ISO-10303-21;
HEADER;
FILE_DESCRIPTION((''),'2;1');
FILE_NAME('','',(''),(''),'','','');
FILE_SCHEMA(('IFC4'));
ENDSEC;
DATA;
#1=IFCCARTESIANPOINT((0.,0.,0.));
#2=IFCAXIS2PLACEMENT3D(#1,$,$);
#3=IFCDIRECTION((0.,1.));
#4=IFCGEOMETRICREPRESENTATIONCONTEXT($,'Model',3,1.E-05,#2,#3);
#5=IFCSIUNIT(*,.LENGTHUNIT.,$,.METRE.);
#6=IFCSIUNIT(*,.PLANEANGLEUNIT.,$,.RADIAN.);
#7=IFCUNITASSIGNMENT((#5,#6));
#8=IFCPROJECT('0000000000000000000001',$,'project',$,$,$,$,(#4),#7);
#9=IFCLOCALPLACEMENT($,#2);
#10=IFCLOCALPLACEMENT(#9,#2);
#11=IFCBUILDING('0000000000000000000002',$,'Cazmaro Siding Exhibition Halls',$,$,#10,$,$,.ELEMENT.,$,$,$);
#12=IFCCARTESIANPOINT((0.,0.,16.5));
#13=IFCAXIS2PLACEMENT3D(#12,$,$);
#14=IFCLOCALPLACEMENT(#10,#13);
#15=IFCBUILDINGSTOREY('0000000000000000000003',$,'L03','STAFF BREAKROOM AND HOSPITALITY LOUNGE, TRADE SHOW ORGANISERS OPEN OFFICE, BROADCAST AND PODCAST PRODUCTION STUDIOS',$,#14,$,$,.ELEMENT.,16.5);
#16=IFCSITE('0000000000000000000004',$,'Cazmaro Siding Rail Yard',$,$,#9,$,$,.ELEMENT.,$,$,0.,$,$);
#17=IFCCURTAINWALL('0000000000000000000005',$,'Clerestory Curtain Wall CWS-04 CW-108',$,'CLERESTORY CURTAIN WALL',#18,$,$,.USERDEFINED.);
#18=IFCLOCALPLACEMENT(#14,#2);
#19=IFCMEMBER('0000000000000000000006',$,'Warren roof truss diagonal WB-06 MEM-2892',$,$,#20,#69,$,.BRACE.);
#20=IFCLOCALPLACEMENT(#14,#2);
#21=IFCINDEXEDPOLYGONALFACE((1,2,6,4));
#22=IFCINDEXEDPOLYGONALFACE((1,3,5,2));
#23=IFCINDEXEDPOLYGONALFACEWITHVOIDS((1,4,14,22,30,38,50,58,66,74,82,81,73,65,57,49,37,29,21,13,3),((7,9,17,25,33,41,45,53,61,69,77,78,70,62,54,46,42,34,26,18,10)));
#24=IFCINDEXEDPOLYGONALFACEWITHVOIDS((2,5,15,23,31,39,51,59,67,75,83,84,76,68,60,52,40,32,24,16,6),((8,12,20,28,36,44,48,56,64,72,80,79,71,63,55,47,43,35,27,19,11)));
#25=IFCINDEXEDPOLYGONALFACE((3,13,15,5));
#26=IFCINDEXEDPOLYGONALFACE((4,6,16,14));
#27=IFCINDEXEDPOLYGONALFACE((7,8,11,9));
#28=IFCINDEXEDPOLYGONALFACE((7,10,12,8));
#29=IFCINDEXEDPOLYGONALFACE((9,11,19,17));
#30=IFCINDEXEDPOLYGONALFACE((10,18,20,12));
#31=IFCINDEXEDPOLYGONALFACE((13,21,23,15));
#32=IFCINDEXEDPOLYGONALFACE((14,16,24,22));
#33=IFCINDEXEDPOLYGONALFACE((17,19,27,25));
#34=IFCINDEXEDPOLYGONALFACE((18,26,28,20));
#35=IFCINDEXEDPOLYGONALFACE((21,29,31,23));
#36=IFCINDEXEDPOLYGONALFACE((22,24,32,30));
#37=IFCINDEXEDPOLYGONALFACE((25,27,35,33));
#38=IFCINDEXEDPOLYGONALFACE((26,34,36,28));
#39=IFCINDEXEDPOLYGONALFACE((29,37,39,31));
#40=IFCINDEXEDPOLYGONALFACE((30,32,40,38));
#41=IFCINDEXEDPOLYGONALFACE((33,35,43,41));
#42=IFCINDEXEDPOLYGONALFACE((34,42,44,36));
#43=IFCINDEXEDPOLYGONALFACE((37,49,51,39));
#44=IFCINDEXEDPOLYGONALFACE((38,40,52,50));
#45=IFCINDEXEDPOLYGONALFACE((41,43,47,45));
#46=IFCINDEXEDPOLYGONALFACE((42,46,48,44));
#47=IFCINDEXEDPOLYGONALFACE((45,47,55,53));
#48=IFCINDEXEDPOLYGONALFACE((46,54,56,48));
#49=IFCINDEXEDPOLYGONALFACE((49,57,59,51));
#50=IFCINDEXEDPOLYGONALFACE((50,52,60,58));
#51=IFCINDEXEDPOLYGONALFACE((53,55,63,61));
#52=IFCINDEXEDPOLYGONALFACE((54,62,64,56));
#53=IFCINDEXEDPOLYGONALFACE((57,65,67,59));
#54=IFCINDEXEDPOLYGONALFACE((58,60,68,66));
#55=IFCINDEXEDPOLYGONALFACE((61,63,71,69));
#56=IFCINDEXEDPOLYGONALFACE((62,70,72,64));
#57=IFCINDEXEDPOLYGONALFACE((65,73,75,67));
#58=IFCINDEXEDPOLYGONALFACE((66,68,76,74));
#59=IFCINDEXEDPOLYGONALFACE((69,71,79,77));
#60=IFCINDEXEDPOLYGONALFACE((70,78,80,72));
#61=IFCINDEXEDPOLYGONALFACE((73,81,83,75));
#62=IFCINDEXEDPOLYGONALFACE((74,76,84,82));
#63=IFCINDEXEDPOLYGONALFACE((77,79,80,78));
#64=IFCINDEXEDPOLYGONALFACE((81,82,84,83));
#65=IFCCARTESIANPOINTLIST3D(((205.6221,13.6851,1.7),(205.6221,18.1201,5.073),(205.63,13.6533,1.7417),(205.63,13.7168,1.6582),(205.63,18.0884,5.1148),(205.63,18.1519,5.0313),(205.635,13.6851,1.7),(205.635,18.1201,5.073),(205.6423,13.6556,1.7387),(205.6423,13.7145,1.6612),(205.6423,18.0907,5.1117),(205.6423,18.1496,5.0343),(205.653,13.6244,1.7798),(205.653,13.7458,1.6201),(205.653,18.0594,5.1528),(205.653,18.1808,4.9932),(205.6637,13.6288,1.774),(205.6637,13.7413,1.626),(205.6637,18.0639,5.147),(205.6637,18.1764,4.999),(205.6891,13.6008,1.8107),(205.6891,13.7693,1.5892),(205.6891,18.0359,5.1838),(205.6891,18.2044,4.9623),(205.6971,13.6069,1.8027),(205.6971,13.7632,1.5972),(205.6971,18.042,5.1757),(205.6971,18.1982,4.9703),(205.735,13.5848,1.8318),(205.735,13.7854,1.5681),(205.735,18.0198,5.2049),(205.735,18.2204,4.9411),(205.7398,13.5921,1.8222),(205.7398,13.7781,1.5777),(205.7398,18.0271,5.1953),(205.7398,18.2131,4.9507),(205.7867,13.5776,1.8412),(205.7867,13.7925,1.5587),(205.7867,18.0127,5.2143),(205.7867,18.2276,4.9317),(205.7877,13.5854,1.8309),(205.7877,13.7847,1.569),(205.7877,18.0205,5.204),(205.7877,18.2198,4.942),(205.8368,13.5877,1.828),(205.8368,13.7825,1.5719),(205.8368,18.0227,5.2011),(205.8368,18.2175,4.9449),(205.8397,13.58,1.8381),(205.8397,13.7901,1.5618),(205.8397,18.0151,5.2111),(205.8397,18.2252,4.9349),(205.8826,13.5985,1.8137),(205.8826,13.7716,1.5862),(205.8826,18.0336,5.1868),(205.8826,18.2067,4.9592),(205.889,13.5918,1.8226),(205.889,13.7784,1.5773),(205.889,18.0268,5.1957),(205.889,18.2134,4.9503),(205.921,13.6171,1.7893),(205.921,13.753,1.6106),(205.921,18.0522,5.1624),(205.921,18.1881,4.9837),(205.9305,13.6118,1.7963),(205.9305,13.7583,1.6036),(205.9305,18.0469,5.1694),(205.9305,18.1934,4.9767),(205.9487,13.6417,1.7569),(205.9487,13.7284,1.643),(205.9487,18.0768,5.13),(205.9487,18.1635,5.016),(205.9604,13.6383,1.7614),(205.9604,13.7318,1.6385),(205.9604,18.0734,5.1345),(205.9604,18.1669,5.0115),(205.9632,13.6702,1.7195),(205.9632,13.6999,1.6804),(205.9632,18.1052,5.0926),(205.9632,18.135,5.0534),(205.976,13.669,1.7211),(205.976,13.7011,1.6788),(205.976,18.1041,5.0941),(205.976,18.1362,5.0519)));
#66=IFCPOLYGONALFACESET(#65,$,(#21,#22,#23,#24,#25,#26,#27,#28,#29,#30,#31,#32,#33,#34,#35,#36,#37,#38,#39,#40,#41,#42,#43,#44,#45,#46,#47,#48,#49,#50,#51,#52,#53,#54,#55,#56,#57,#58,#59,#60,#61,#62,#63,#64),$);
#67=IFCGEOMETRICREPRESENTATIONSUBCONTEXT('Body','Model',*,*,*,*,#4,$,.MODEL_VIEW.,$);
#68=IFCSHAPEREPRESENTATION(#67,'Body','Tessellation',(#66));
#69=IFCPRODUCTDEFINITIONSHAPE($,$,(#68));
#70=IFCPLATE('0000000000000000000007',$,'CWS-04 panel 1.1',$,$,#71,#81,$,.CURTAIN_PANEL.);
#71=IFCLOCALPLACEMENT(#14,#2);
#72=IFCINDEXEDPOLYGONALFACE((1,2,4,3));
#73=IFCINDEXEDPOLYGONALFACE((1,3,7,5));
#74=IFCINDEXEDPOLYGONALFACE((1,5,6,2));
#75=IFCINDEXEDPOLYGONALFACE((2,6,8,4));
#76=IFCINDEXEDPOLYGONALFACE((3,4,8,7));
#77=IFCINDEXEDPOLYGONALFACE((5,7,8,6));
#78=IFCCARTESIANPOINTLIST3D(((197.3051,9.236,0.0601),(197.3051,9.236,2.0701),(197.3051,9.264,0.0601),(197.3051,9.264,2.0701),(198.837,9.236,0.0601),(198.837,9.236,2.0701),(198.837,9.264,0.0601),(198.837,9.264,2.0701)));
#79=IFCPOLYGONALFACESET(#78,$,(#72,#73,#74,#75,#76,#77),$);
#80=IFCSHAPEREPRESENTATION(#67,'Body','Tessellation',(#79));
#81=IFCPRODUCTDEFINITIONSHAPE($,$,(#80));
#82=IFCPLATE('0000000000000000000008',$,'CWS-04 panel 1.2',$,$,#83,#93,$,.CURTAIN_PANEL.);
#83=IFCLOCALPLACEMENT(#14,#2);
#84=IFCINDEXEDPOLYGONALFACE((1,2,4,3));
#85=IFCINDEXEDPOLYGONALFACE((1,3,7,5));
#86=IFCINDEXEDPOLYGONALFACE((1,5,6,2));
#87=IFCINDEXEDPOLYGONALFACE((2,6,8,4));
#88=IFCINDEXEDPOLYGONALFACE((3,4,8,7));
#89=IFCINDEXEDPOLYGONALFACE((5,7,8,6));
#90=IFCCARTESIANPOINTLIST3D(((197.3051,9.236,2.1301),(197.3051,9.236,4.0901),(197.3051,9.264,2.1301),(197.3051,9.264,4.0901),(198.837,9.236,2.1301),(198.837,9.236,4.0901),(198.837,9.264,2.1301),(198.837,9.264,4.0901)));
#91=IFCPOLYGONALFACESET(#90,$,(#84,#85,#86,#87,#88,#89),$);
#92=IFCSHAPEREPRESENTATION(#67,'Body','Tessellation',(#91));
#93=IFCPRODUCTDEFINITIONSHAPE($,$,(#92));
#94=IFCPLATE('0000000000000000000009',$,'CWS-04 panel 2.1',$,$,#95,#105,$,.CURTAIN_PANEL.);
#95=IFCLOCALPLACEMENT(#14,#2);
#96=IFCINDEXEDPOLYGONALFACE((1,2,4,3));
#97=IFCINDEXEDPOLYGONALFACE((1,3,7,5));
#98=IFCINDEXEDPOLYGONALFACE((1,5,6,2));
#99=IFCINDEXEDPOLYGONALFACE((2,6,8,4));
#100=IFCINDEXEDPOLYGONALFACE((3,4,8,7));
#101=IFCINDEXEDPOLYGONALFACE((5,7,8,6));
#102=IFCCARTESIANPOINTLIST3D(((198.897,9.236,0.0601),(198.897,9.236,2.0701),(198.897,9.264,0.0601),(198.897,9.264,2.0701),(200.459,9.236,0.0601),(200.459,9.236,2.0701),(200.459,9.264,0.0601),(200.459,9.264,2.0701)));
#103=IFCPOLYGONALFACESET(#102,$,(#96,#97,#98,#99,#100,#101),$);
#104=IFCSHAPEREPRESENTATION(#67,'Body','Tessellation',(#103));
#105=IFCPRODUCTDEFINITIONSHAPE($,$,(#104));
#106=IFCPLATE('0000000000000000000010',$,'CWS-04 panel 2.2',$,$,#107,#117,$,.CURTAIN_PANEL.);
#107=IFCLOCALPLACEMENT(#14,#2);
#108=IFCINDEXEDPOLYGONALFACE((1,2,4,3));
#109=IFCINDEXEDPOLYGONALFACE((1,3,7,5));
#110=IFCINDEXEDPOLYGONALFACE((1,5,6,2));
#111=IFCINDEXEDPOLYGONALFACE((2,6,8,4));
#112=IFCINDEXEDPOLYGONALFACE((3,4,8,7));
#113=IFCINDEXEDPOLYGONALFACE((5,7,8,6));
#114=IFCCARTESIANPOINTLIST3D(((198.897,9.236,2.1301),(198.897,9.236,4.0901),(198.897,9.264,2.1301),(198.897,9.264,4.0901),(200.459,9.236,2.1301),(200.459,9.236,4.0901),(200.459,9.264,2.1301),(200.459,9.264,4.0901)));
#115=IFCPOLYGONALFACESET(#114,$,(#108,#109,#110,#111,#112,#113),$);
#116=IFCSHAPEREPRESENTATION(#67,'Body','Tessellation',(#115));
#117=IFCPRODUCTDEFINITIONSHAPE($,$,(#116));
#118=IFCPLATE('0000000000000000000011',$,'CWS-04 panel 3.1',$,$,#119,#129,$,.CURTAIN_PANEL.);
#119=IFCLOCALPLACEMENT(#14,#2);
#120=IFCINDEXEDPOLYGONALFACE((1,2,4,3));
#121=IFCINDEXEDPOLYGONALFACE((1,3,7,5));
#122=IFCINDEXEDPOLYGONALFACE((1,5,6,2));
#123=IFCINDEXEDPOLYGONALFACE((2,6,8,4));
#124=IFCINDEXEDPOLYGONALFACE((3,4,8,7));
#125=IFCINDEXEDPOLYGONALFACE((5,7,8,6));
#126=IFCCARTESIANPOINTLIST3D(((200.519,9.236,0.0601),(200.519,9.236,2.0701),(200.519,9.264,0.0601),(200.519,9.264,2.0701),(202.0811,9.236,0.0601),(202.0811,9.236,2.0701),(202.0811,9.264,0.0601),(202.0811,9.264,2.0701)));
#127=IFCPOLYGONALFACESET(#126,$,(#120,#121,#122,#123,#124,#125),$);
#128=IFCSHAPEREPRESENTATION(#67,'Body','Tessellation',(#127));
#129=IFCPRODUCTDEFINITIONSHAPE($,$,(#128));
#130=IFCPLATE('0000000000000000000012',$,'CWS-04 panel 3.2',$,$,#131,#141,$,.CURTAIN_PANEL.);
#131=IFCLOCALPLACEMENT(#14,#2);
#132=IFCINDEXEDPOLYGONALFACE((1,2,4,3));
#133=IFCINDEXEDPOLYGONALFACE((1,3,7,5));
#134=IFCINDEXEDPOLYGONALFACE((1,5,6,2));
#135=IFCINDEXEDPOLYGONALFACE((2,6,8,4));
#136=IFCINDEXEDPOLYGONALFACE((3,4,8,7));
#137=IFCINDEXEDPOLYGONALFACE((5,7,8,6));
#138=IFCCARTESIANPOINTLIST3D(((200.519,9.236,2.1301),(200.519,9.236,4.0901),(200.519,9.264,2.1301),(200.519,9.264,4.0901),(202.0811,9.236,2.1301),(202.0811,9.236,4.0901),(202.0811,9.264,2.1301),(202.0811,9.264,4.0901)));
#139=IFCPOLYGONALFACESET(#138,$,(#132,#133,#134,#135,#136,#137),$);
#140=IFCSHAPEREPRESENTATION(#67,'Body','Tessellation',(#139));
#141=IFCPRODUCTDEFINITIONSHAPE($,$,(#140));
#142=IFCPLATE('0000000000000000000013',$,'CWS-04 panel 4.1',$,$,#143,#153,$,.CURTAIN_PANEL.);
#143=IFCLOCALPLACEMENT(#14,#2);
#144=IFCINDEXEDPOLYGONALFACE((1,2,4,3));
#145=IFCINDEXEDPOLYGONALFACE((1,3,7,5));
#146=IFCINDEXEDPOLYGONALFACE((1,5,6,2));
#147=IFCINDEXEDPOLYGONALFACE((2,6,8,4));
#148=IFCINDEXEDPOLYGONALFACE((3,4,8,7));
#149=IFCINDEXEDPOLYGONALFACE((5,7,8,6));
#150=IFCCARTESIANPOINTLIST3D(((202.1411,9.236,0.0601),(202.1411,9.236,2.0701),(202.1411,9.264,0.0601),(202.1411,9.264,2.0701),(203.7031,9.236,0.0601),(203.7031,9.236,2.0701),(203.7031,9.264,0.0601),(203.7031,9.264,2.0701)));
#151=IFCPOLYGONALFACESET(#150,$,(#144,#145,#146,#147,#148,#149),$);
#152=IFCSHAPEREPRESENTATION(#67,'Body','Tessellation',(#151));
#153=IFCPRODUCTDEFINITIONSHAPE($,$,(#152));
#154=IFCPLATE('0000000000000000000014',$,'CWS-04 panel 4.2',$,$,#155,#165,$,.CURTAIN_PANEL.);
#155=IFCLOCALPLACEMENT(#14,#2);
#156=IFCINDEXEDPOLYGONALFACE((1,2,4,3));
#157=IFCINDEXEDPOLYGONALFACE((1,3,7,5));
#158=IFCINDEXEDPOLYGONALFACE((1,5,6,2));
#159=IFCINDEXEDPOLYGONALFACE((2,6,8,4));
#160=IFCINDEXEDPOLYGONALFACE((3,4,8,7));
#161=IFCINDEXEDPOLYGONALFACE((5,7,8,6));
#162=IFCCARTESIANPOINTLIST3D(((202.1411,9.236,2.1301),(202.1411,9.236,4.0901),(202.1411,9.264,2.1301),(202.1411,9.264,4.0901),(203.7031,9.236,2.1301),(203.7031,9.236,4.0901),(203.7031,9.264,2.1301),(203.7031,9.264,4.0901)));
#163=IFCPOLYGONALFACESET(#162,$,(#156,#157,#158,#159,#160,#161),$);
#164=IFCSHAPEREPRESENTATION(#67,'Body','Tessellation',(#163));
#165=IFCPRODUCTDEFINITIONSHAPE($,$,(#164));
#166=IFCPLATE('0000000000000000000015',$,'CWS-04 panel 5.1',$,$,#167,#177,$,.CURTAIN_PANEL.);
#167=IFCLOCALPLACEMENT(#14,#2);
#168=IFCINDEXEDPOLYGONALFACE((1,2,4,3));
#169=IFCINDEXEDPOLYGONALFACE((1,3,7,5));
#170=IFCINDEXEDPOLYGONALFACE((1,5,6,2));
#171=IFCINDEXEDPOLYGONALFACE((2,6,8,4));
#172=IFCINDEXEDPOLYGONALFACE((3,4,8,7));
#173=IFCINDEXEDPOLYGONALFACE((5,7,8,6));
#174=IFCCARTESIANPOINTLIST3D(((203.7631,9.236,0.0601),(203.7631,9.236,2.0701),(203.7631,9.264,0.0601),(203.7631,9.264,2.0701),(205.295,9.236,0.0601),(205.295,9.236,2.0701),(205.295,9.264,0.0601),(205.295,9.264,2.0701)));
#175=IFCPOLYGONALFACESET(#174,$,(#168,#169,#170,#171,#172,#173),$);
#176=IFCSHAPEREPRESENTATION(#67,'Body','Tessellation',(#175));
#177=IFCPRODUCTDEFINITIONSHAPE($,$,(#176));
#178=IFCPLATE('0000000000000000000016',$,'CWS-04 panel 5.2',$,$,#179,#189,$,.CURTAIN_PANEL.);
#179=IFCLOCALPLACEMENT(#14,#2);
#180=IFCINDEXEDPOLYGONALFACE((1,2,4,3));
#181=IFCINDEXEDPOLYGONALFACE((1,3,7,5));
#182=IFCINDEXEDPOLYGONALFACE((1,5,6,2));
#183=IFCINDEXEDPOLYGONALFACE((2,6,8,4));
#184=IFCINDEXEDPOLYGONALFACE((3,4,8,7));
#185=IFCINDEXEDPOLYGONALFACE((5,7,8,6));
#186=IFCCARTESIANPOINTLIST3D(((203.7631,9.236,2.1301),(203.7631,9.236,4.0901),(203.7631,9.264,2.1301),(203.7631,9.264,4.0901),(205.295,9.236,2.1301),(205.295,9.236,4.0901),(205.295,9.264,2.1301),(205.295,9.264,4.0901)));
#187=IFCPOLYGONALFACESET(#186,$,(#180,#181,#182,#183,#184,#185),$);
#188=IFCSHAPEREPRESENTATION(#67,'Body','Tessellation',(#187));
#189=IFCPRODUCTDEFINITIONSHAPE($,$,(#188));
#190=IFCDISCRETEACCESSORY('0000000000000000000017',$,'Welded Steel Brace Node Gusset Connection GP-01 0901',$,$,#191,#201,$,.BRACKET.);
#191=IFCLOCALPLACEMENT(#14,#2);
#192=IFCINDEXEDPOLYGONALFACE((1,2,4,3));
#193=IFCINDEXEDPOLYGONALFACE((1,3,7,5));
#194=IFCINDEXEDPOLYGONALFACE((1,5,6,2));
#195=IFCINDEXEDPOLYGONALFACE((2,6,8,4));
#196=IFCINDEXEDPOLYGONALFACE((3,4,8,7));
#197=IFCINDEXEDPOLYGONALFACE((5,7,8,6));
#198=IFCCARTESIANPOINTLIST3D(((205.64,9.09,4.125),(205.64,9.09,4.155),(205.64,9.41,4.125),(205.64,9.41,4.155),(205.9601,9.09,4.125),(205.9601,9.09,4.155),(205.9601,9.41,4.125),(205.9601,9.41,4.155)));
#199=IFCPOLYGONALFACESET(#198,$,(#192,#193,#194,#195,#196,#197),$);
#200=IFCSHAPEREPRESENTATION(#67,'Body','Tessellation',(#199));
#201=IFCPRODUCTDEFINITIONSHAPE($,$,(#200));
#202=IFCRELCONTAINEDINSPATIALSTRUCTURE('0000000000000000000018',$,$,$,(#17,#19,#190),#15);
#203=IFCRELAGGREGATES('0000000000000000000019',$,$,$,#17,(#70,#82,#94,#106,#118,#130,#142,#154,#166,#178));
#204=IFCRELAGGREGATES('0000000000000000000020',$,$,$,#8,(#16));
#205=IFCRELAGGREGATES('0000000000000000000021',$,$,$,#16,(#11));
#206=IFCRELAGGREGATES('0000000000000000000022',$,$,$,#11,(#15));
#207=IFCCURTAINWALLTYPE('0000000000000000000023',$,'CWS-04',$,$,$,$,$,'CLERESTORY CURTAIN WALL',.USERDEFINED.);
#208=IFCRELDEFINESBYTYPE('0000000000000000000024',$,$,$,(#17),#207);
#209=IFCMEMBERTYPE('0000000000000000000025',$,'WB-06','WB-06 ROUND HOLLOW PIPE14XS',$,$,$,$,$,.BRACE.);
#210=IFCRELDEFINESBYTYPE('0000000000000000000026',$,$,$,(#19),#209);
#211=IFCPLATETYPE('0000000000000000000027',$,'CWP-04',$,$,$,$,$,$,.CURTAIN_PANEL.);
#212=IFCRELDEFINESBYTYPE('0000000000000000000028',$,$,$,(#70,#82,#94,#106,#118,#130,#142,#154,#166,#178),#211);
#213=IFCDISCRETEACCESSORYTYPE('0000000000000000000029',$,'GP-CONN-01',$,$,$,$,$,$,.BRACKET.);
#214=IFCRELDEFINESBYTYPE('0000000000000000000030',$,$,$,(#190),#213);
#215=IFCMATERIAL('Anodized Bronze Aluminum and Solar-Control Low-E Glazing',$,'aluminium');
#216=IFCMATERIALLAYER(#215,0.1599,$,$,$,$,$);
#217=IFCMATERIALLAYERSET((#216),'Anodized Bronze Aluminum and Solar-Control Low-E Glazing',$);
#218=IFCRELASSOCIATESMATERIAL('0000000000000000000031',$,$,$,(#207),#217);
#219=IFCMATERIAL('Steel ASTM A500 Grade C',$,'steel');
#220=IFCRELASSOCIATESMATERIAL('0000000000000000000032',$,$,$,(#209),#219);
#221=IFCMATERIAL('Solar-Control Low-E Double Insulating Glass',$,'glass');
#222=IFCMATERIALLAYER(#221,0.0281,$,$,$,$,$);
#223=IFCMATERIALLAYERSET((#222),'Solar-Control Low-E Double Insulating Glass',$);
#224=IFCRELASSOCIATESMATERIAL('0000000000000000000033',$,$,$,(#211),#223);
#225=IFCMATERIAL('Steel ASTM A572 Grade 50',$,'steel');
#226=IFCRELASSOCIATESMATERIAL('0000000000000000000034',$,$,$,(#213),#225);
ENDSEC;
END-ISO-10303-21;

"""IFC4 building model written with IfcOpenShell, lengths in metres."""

from ifc_helpers import new_model, si_unit, direction, frame, origin, origin_2d, place, context, subcontext, project, spatial, rectangle, hollow_circle, extrude, material, layer, layer_set, material_profile, profile_set, type_object, element, aggregate, save


model = new_model("IFC4")

# Units and contexts
model_context = context("Model", 3, precision=1e-05, world=origin(), true_north=direction((0.0, 1.0)))
body_context = subcontext(model_context, "Body", "Model", "MODEL_VIEW")
ifc_project = project(units=[si_unit("LENGTHUNIT", "METRE"), si_unit("PLANEANGLEUNIT", "RADIAN")], contexts=[model_context])

# Site, building, storey
site_placement = place(None, origin())
site = spatial("IfcSite", under=ifc_project, at=site_placement, Name="Cazmaro Siding Rail Yard", CompositionType="ELEMENT", RefElevation=0.0)
building_placement = place(site_placement, origin())
building = spatial("IfcBuilding", under=site, at=building_placement, Name="Cazmaro Siding Exhibition Halls", CompositionType="ELEMENT")
storey_placement = place(building_placement, frame((0.0, 0.0, 16.5)))
storey = spatial("IfcBuildingStorey", under=building, at=storey_placement, Name="L03", Description="STAFF BREAKROOM AND HOSPITALITY LOUNGE, TRADE SHOW ORGANISERS OPEN OFFICE, BROADCAST AND PODCAST PRODUCTION STUDIOS", CompositionType="ELEMENT", Elevation=16.5)

# Curtain wall
ifc_material_1 = material(Name="Anodized Bronze Aluminum and Solar-Control Low-E Glazing", Category="aluminium")
ifc_layer_1 = layer(ifc_material_1, 0.1599)
ifc_layer_set_1 = layer_set([ifc_layer_1], Name="Anodized Bronze Aluminum and Solar-Control Low-E Glazing")
curtain_wall_type = type_object("IfcCurtainWallType", Name="CWS-04", ElementType="CLERESTORY CURTAIN WALL", PredefinedType="USERDEFINED", material=ifc_layer_set_1)
curtain_wall_placement = place(storey_placement, origin())
curtain_wall = element("IfcCurtainWall", 1, at=curtain_wall_placement, inside=storey, type_object=curtain_wall_type, Name="Clerestory Curtain Wall CWS-04 CW-108", ObjectType="CLERESTORY CURTAIN WALL", PredefinedType="USERDEFINED")

# Member
ifc_material_2 = material(Name="Steel ASTM A500 Grade C", Category="steel")
ifc_material_profile_1 = material_profile(ifc_material_2, hollow_circle(Radius=0.178, WallThickness=0.0129, at=origin_2d()), Name="PIPE14XS")
ifc_profile_set_1 = profile_set([ifc_material_profile_1], Name="Steel ASTM A500 Grade C")
member_type_1 = type_object("IfcMemberType", Name="WB-06", Description="WB-06 ROUND HOLLOW PIPE14XS", PredefinedType="BRACE", material=ifc_profile_set_1)
member_1_placement = place(storey_placement, frame((205.8, 13.6851, 1.7), z_axis=(0.0, 0.795954, 0.605357), x_axis=(-1.0, 0.0, 0.0)))
element("IfcMember", 2, at=member_1_placement, inside=storey, type_object=member_type_1, Name="Warren roof truss diagonal WB-06 MEM-2892", PredefinedType="BRACE", context=body_context, shape_type="SweptSolid", body=[
    extrude(hollow_circle(Radius=0.178, WallThickness=0.0129, at=origin_2d()), origin(), (0.0, 0.0, 1.0), 5.572),
])

# Plates
ifc_material_3 = material(Name="Solar-Control Low-E Double Insulating Glass", Category="glass")
ifc_layer_2 = layer(ifc_material_3, 0.0281)
ifc_layer_set_2 = layer_set([ifc_layer_2], Name="Solar-Control Low-E Double Insulating Glass")
plate_type = type_object("IfcPlateType", Name="CWP-04", PredefinedType="CURTAIN_PANEL", material=ifc_layer_set_2)
plate_1_placement = place(storey_placement, frame((198.071, 9.25, 0.0601), z_axis=(0.0, 0.0, 1.0), x_axis=(1.0, 0.0, 0.0)))
plate_1 = element("IfcPlate", 3, at=plate_1_placement, type_object=plate_type, Name="CWS-04 panel 1.1", PredefinedType="CURTAIN_PANEL", context=body_context, shape_type="SweptSolid", body=[
    extrude(rectangle(XDim=1.532, YDim=0.0281, at=origin_2d()), origin(), (0.0, 0.0, 1.0), 2.01),
])
plate_2_placement = place(storey_placement, frame((198.071, 9.25, 2.1301), z_axis=(0.0, 0.0, 1.0), x_axis=(1.0, 0.0, 0.0)))
plate_2 = element("IfcPlate", 4, at=plate_2_placement, type_object=plate_type, Name="CWS-04 panel 1.2", PredefinedType="CURTAIN_PANEL", context=body_context, shape_type="SweptSolid", body=[
    extrude(rectangle(XDim=1.532, YDim=0.0281, at=origin_2d()), origin(), (0.0, 0.0, 1.0), 1.96),
])
plate_3_placement = place(storey_placement, frame((199.678, 9.25, 0.0601), z_axis=(0.0, 0.0, 1.0), x_axis=(1.0, 0.0, 0.0)))
plate_3 = element("IfcPlate", 5, at=plate_3_placement, type_object=plate_type, Name="CWS-04 panel 2.1", PredefinedType="CURTAIN_PANEL", context=body_context, shape_type="SweptSolid", body=[
    extrude(rectangle(XDim=1.562, YDim=0.0281, at=origin_2d()), origin(), (0.0, 0.0, 1.0), 2.01),
])
plate_4_placement = place(storey_placement, frame((199.678, 9.25, 2.1301), z_axis=(0.0, 0.0, 1.0), x_axis=(1.0, 0.0, 0.0)))
plate_4 = element("IfcPlate", 6, at=plate_4_placement, type_object=plate_type, Name="CWS-04 panel 2.2", PredefinedType="CURTAIN_PANEL", context=body_context, shape_type="SweptSolid", body=[
    extrude(rectangle(XDim=1.562, YDim=0.0281, at=origin_2d()), origin(), (0.0, 0.0, 1.0), 1.96),
])
plate_5_placement = place(storey_placement, frame((201.3, 9.25, 0.0601), z_axis=(0.0, 0.0, 1.0), x_axis=(1.0, 0.0, 0.0)))
plate_5 = element("IfcPlate", 7, at=plate_5_placement, type_object=plate_type, Name="CWS-04 panel 3.1", PredefinedType="CURTAIN_PANEL", context=body_context, shape_type="SweptSolid", body=[
    extrude(rectangle(XDim=1.562, YDim=0.0281, at=origin_2d()), origin(), (0.0, 0.0, 1.0), 2.01),
])
plate_6_placement = place(storey_placement, frame((201.3, 9.25, 2.1301), z_axis=(0.0, 0.0, 1.0), x_axis=(1.0, 0.0, 0.0)))
plate_6 = element("IfcPlate", 8, at=plate_6_placement, type_object=plate_type, Name="CWS-04 panel 3.2", PredefinedType="CURTAIN_PANEL", context=body_context, shape_type="SweptSolid", body=[
    extrude(rectangle(XDim=1.562, YDim=0.0281, at=origin_2d()), origin(), (0.0, 0.0, 1.0), 1.96),
])
plate_7_placement = place(storey_placement, frame((202.9221, 9.25, 0.0601), z_axis=(0.0, 0.0, 1.0), x_axis=(1.0, 0.0, 0.0)))
plate_7 = element("IfcPlate", 9, at=plate_7_placement, type_object=plate_type, Name="CWS-04 panel 4.1", PredefinedType="CURTAIN_PANEL", context=body_context, shape_type="SweptSolid", body=[
    extrude(rectangle(XDim=1.562, YDim=0.0281, at=origin_2d()), origin(), (0.0, 0.0, 1.0), 2.01),
])
plate_8_placement = place(storey_placement, frame((202.9221, 9.25, 2.1301), z_axis=(0.0, 0.0, 1.0), x_axis=(1.0, 0.0, 0.0)))
plate_8 = element("IfcPlate", 10, at=plate_8_placement, type_object=plate_type, Name="CWS-04 panel 4.2", PredefinedType="CURTAIN_PANEL", context=body_context, shape_type="SweptSolid", body=[
    extrude(rectangle(XDim=1.562, YDim=0.0281, at=origin_2d()), origin(), (0.0, 0.0, 1.0), 1.96),
])
plate_9_placement = place(storey_placement, frame((204.5291, 9.25, 0.0601), z_axis=(0.0, 0.0, 1.0), x_axis=(1.0, 0.0, 0.0)))
plate_9 = element("IfcPlate", 11, at=plate_9_placement, type_object=plate_type, Name="CWS-04 panel 5.1", PredefinedType="CURTAIN_PANEL", context=body_context, shape_type="SweptSolid", body=[
    extrude(rectangle(XDim=1.532, YDim=0.0281, at=origin_2d()), origin(), (0.0, 0.0, 1.0), 2.01),
])
plate_10_placement = place(storey_placement, frame((204.5291, 9.25, 2.1301), z_axis=(0.0, 0.0, 1.0), x_axis=(1.0, 0.0, 0.0)))
plate_10 = element("IfcPlate", 12, at=plate_10_placement, type_object=plate_type, Name="CWS-04 panel 5.2", PredefinedType="CURTAIN_PANEL", context=body_context, shape_type="SweptSolid", body=[
    extrude(rectangle(XDim=1.532, YDim=0.0281, at=origin_2d()), origin(), (0.0, 0.0, 1.0), 1.96),
])
aggregate(curtain_wall, [plate_1, plate_2, plate_3, plate_4, plate_5, plate_6, plate_7, plate_8, plate_9, plate_10])

# Discrete accessory
ifc_material_4 = material(Name="Steel ASTM A572 Grade 50", Category="steel")
discrete_accessory_type = type_object("IfcDiscreteAccessoryType", Name="GP-CONN-01", PredefinedType="BRACKET", material=ifc_material_4)
discrete_accessory_placement = place(storey_placement, frame((205.8, 9.25, 4.125), z_axis=(0.0, 0.0, 1.0), x_axis=(1.0, 0.0, 0.0)))
element("IfcDiscreteAccessory", 13, at=discrete_accessory_placement, inside=storey, type_object=discrete_accessory_type, Name="Welded Steel Brace Node Gusset Connection GP-01 0901", PredefinedType="BRACKET", context=body_context, shape_type="SweptSolid", body=[
    extrude(rectangle(XDim=0.3201, YDim=0.3201, at=origin_2d()), origin(), (0.0, 0.0, 1.0), 0.03),
])

save(model, "model.ifc")
